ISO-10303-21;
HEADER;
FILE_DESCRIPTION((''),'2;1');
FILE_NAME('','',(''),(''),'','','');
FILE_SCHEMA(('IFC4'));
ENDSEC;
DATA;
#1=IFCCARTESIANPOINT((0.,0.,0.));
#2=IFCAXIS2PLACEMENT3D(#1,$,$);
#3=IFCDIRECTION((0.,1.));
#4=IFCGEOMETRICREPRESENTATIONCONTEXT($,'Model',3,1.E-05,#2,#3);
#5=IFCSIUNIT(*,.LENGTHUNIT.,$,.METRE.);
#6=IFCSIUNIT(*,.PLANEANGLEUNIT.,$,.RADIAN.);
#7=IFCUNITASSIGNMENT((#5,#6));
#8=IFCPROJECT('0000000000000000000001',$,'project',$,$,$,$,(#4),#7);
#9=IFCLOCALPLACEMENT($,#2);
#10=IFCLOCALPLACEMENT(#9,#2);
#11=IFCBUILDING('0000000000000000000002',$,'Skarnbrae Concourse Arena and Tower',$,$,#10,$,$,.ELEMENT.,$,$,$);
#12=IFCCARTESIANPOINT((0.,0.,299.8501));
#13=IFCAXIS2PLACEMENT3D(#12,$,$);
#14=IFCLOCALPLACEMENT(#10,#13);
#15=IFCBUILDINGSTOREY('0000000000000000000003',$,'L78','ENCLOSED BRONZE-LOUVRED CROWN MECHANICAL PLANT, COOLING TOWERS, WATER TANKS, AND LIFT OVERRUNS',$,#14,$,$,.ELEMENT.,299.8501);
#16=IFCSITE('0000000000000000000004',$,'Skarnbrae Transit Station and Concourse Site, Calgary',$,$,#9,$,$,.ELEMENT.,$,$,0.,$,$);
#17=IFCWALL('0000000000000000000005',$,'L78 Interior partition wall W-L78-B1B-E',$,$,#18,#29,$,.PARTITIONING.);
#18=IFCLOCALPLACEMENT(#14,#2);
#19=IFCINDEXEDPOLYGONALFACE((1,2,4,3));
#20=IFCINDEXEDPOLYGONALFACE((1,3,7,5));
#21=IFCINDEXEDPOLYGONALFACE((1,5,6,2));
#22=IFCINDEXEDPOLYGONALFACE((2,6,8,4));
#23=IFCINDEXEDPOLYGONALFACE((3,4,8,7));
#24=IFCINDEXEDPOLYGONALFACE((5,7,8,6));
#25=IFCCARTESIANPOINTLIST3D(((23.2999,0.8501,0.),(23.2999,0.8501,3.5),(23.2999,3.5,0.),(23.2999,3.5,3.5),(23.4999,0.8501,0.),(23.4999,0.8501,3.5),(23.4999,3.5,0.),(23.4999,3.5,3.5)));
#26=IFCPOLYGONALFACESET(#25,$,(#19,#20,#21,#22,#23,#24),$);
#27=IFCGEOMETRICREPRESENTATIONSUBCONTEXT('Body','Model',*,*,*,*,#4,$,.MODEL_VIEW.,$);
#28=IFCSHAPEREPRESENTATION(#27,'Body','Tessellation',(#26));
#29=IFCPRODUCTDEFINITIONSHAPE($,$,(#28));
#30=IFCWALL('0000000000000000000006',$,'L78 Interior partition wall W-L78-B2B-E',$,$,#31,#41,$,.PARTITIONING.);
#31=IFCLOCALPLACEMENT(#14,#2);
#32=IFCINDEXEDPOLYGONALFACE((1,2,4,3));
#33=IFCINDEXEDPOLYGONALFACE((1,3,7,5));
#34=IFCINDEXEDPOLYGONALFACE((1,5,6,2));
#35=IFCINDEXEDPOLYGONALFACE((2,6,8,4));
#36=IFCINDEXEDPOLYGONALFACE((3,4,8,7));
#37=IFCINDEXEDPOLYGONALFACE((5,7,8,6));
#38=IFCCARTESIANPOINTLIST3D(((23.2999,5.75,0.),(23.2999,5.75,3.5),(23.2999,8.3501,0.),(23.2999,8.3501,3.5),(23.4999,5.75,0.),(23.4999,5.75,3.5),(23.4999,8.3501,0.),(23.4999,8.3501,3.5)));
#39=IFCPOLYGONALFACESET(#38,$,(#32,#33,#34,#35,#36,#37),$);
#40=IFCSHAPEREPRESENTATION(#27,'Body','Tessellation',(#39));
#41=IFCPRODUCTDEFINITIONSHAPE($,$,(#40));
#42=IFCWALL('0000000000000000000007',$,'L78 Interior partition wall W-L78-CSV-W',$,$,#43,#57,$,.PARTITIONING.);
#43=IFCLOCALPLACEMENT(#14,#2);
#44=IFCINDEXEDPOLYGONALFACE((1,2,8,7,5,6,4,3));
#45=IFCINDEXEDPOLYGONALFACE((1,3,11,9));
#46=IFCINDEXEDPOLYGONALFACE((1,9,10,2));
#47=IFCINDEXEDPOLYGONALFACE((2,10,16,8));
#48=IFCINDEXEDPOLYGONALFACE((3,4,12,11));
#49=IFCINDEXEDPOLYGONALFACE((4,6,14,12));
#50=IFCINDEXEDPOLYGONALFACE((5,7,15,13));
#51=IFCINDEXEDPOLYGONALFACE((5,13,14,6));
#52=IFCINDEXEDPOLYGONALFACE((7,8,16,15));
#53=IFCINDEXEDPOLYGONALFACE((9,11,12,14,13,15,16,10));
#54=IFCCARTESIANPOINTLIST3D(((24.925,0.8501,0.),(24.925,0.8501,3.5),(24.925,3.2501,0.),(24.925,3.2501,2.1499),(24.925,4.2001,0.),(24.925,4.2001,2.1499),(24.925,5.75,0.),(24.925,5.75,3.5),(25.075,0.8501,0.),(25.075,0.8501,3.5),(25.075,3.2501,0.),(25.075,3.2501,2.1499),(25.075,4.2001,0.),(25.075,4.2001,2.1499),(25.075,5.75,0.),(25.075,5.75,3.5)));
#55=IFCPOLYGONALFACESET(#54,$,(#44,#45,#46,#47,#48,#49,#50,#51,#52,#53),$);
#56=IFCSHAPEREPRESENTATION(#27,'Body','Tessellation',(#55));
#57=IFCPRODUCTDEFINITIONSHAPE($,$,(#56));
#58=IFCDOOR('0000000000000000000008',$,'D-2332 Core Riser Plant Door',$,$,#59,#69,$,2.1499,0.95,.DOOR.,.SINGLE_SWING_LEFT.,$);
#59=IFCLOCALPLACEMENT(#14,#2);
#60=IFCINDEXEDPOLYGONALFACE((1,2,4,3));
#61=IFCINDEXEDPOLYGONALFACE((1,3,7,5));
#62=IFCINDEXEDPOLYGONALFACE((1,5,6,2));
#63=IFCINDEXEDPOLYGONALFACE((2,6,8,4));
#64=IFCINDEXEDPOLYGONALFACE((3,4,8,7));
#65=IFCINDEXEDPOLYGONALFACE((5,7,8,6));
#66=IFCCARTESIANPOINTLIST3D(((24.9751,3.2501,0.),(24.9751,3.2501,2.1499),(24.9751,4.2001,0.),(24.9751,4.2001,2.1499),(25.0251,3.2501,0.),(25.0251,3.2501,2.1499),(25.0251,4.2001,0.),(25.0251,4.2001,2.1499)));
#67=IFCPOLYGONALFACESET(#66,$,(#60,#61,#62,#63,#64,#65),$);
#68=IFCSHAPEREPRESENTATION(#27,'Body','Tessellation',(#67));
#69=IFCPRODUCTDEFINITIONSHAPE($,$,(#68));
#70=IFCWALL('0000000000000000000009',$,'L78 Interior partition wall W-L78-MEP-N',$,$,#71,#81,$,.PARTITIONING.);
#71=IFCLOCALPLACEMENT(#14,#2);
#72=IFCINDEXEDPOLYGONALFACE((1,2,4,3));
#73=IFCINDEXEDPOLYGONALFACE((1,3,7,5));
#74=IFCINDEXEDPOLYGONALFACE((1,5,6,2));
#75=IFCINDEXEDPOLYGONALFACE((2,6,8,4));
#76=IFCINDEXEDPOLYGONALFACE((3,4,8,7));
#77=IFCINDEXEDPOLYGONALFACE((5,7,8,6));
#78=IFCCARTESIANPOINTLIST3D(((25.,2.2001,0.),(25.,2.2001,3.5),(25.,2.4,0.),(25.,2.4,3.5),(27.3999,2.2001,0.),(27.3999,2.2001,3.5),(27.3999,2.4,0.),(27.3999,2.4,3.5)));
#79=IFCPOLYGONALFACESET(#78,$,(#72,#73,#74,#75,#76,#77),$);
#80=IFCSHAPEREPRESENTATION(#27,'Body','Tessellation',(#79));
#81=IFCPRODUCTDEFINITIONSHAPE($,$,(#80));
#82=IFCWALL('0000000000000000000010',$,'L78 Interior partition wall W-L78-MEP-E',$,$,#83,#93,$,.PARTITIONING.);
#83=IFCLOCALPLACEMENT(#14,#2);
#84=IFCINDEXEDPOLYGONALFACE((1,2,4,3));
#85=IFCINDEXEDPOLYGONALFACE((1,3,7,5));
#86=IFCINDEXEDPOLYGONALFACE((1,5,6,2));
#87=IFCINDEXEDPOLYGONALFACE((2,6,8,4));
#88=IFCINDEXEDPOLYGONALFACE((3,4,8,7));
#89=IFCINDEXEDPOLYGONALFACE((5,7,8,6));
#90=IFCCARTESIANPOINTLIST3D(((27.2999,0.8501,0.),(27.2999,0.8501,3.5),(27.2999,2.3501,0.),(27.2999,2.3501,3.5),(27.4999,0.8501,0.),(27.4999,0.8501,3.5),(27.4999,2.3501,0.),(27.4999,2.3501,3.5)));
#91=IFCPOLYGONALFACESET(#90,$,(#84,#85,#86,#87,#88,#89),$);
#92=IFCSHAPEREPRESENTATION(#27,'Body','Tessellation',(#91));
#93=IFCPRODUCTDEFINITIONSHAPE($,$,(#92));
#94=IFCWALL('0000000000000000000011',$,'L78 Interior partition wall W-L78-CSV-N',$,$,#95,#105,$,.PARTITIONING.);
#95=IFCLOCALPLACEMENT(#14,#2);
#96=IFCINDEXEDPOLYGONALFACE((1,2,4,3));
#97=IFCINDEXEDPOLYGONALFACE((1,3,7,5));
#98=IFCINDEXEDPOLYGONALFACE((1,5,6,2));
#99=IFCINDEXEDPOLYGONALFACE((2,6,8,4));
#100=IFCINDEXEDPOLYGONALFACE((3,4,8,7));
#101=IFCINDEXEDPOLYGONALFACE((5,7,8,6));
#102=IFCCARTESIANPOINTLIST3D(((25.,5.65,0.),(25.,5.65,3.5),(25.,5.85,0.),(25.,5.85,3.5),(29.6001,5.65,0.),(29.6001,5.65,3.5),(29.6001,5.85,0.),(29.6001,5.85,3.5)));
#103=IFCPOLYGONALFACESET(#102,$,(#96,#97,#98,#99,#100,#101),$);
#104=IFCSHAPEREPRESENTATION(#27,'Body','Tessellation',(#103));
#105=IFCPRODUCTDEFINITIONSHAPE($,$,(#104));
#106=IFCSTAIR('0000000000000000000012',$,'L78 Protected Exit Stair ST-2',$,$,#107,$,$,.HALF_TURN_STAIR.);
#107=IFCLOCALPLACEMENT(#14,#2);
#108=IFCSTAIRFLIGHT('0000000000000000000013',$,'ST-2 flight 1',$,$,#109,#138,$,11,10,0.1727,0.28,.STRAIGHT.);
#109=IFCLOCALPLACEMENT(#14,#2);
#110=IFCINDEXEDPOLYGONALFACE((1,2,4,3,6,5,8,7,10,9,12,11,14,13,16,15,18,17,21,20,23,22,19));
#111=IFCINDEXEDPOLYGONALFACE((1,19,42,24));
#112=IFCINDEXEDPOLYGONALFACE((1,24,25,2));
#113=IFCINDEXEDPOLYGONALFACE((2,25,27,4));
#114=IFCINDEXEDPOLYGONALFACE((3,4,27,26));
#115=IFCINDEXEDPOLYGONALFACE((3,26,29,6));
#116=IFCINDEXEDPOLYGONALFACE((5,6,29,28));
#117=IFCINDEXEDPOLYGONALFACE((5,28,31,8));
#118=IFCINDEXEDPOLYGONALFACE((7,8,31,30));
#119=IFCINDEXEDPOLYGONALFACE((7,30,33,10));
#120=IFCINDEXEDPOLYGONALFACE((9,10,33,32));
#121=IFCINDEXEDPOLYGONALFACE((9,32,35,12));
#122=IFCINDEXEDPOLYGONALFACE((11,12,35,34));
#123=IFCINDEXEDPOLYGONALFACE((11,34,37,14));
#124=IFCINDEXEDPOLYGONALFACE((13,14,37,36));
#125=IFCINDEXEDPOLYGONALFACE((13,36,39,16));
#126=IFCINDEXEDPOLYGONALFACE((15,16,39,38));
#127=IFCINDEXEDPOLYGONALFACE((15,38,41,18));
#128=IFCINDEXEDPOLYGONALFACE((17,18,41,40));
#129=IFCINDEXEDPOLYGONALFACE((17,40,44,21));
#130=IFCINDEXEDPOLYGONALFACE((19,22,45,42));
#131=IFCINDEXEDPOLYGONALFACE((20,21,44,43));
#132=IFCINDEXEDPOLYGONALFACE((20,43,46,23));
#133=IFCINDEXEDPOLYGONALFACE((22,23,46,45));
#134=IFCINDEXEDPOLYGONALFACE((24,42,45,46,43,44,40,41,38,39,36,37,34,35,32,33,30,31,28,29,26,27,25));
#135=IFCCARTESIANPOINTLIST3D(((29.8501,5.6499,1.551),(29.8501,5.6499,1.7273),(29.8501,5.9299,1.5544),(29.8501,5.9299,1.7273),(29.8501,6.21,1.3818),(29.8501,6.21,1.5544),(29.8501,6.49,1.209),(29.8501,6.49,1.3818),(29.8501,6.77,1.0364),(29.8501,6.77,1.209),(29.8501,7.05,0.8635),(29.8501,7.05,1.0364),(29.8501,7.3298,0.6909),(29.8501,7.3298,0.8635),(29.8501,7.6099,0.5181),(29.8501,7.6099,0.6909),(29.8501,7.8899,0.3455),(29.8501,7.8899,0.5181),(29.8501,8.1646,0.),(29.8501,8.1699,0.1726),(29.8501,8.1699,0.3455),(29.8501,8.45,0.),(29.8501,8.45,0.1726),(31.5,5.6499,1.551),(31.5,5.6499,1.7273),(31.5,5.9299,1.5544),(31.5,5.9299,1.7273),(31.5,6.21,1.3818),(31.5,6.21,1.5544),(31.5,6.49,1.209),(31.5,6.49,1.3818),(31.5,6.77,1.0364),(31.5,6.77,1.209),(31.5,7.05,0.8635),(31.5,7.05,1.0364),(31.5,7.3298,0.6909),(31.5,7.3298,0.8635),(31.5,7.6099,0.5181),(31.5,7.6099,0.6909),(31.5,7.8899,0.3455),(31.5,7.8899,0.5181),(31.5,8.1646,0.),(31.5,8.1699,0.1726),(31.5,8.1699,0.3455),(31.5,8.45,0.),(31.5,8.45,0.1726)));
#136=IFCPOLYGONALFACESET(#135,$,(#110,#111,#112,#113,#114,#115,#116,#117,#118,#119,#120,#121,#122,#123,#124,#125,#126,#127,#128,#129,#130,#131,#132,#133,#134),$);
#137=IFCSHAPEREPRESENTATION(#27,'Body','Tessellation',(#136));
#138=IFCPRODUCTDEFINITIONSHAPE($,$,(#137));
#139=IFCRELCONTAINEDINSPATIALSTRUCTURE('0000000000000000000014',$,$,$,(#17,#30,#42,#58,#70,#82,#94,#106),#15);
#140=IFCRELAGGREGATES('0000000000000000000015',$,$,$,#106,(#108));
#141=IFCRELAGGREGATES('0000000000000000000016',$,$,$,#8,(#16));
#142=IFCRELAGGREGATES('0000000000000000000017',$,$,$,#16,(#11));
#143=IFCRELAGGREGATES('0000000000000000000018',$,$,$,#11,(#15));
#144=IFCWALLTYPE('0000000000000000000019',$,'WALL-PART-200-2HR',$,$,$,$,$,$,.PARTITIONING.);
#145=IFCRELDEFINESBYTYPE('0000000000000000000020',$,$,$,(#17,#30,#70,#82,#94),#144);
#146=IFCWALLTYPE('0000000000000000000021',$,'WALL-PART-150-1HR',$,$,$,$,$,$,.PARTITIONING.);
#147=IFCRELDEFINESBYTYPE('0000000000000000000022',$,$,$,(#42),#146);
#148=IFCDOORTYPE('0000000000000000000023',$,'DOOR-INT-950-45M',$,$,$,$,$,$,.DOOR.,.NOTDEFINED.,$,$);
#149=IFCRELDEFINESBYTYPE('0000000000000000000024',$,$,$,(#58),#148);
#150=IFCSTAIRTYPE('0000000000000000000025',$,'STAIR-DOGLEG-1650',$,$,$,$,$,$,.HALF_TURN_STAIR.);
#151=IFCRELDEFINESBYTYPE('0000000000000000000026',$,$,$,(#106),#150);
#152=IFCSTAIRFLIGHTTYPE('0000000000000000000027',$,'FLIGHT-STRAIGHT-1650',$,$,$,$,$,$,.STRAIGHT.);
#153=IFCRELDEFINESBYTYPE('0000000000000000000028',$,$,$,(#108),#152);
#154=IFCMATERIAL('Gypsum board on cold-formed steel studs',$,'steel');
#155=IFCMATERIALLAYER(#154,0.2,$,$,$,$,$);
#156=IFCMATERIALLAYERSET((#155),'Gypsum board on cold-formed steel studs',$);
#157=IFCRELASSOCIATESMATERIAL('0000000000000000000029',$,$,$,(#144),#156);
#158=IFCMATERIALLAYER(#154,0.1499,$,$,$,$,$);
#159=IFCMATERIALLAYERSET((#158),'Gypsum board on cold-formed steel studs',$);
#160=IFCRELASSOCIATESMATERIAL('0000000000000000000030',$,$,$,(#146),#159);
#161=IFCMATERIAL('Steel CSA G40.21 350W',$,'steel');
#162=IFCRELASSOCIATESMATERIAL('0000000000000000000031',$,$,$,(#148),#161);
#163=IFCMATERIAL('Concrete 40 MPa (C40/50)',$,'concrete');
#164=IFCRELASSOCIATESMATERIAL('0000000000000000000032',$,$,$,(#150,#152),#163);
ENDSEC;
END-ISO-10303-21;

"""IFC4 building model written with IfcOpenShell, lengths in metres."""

from ifc_helpers import new_model, si_unit, direction, frame, frame_2d, origin, place, context, subcontext, project, spatial, polyline, rectangle, outline, extrude, source, transform, mapped, material, layer, layer_set, type_object, element, fill, aggregate, save


model = new_model("IFC4")

# Units and contexts
model_context = context("Model", 3, precision=1e-05, world=origin(), true_north=direction((0.0, 1.0)))
body_context = subcontext(model_context, "Body", "Model", "MODEL_VIEW")
ifc_project = project(units=[si_unit("LENGTHUNIT", "METRE"), si_unit("PLANEANGLEUNIT", "RADIAN")], contexts=[model_context])

# Site, building, storey
site_placement = place(None, origin())
site = spatial("IfcSite", under=ifc_project, at=site_placement, Name="Skarnbrae Transit Station and Concourse Site, Calgary", CompositionType="ELEMENT", RefElevation=0.0)
building_placement = place(site_placement, origin())
building = spatial("IfcBuilding", under=site, at=building_placement, Name="Skarnbrae Concourse Arena and Tower", CompositionType="ELEMENT")
storey_placement = place(building_placement, frame((0.0, 0.0, 299.8501)))
storey = spatial("IfcBuildingStorey", under=building, at=storey_placement, Name="L78", Description="ENCLOSED BRONZE-LOUVRED CROWN MECHANICAL PLANT, COOLING TOWERS, WATER TANKS, AND LIFT OVERRUNS", CompositionType="ELEMENT", Elevation=299.8501)

# Shared definitions
ifc_material_1 = material(Name="Steel CSA G40.21 350W", Category="steel")

# Walls
ifc_material_2 = material(Name="Gypsum board on cold-formed steel studs", Category="steel")
ifc_layer_1 = layer(ifc_material_2, 0.2)
ifc_layer_set_1 = layer_set([ifc_layer_1], Name="Gypsum board on cold-formed steel studs")
wall_type_1 = type_object("IfcWallType", Name="WALL-PART-200-2HR", PredefinedType="PARTITIONING", material=ifc_layer_set_1)
shared_shape_1 = source(origin(), body_context, "Body", "SweptSolid", [
    extrude(rectangle(XDim=2.6499, YDim=0.2, at=frame_2d((1.325, 0.0))), origin(), (0.0, 0.0, 1.0), 3.5),
])
wall_1_placement = place(storey_placement, frame((23.3999, 0.8501, 0.0), z_axis=(0.0, 0.0, 1.0), x_axis=(0.0, 1.0, 0.0)))
element("IfcWall", 1, at=wall_1_placement, inside=storey, type_object=wall_type_1, Name="L78 Interior partition wall W-L78-B1B-E", PredefinedType="PARTITIONING", context=body_context, shape_type="MappedRepresentation", body=[
    mapped(shared_shape_1, transform((0.0, 0.0, 0.0))),
])
shared_shape_2 = source(origin(), body_context, "Body", "SweptSolid", [
    extrude(rectangle(XDim=2.6001, YDim=0.2, at=frame_2d((1.3, 0.0))), origin(), (0.0, 0.0, 1.0), 3.5),
])
wall_2_placement = place(storey_placement, frame((23.3999, 5.75, 0.0), z_axis=(0.0, 0.0, 1.0), x_axis=(0.0, 1.0, 0.0)))
element("IfcWall", 2, at=wall_2_placement, inside=storey, type_object=wall_type_1, Name="L78 Interior partition wall W-L78-B2B-E", PredefinedType="PARTITIONING", context=body_context, shape_type="MappedRepresentation", body=[
    mapped(shared_shape_2, transform((0.0, 0.0, 0.0))),
])

# Wall, opening, door
ifc_layer_2 = layer(ifc_material_2, 0.1499)
ifc_layer_set_2 = layer_set([ifc_layer_2], Name="Gypsum board on cold-formed steel studs")
wall_type_2 = type_object("IfcWallType", Name="WALL-PART-150-1HR", PredefinedType="PARTITIONING", material=ifc_layer_set_2)
shared_shape_3 = source(origin(), body_context, "Body", "SweptSolid", [
    extrude(rectangle(XDim=4.8999, YDim=0.1499, at=frame_2d((2.45, 0.0))), origin(), (0.0, 0.0, 1.0), 3.5),
])
wall_3_placement = place(storey_placement, frame((25.0, 0.8501, 0.0), z_axis=(0.0, 0.0, 1.0), x_axis=(0.0, 1.0, 0.0)))
wall_3 = element("IfcWall", 3, at=wall_3_placement, inside=storey, type_object=wall_type_2, Name="L78 Interior partition wall W-L78-CSV-W", PredefinedType="PARTITIONING", context=body_context, shape_type="MappedRepresentation", body=[
    mapped(shared_shape_3, transform((0.0, 0.0, 0.0))),
])
opening_1_placement = place(wall_3_placement, frame((2.3999, 0.0, 0.0)))
opening_1 = element("IfcOpeningElement", 4, at=opening_1_placement, cuts=wall_3, PredefinedType="OPENING", context=body_context, shape_type="SweptSolid", body=[
    extrude(rectangle(XDim=0.95, YDim=2.1499, at=frame_2d((0.4751, 1.075))), frame((0.0, 0.085, 0.0), z_axis=(0.0, -1.0, 0.0), x_axis=(1.0, 0.0, 0.0)), (0.0, 0.0, 1.0), 0.1699),
])
door_type_1 = type_object("IfcDoorType", Name="DOOR-INT-950-45M", OperationType="NOTDEFINED", PredefinedType="DOOR", material=ifc_material_1)
shared_shape_4 = source(origin(), body_context, "Body", "SweptSolid", [
    extrude(rectangle(XDim=0.95, YDim=2.1499, at=frame_2d((0.4751, 1.075))), frame((0.0, 0.0249, 0.0), z_axis=(0.0, -1.0, 0.0), x_axis=(1.0, 0.0, 0.0)), (0.0, 0.0, 1.0), 0.05),
])
door_1_placement = place(opening_1_placement, origin())
door_1 = element("IfcDoor", 5, at=door_1_placement, inside=storey, type_object=door_type_1, Name="D-2332 Core Riser Plant Door", OperationType="SINGLE_SWING_LEFT", OverallHeight=2.1499, OverallWidth=0.95, PredefinedType="DOOR", context=body_context, shape_type="MappedRepresentation", body=[
    mapped(shared_shape_4, transform((0.0, 0.0, 0.0))),
])
fill(opening_1, door_1)

# Walls
shared_shape_5 = source(origin(), body_context, "Body", "SweptSolid", [
    extrude(rectangle(XDim=2.3999, YDim=0.2, at=frame_2d((1.2, 0.0))), origin(), (0.0, 0.0, 1.0), 3.5),
])
wall_4_placement = place(storey_placement, frame((25.0, 2.3, 0.0), z_axis=(0.0, 0.0, 1.0), x_axis=(1.0, 0.0, 0.0)))
element("IfcWall", 6, at=wall_4_placement, inside=storey, type_object=wall_type_1, Name="L78 Interior partition wall W-L78-MEP-N", PredefinedType="PARTITIONING", context=body_context, shape_type="MappedRepresentation", body=[
    mapped(shared_shape_5, transform((0.0, 0.0, 0.0))),
])
shared_shape_6 = source(origin(), body_context, "Body", "SweptSolid", [
    extrude(rectangle(XDim=1.5, YDim=0.2, at=frame_2d((0.75, 0.0))), origin(), (0.0, 0.0, 1.0), 3.5),
])
wall_5_placement = place(storey_placement, frame((27.3999, 0.8501, 0.0), z_axis=(0.0, 0.0, 1.0), x_axis=(0.0, 1.0, 0.0)))
element("IfcWall", 7, at=wall_5_placement, inside=storey, type_object=wall_type_1, Name="L78 Interior partition wall W-L78-MEP-E", PredefinedType="PARTITIONING", context=body_context, shape_type="MappedRepresentation", body=[
    mapped(shared_shape_6, transform((0.0, 0.0, 0.0))),
])
shared_shape_7 = source(origin(), body_context, "Body", "SweptSolid", [
    extrude(rectangle(XDim=4.6001, YDim=0.2, at=frame_2d((2.3, 0.0))), origin(), (0.0, 0.0, 1.0), 3.5),
])
wall_6_placement = place(storey_placement, frame((25.0, 5.75, 0.0), z_axis=(0.0, 0.0, 1.0), x_axis=(1.0, 0.0, 0.0)))
element("IfcWall", 8, at=wall_6_placement, inside=storey, type_object=wall_type_1, Name="L78 Interior partition wall W-L78-CSV-N", PredefinedType="PARTITIONING", context=body_context, shape_type="MappedRepresentation", body=[
    mapped(shared_shape_7, transform((0.0, 0.0, 0.0))),
])

# Stair, stair flight
ifc_material_3 = material(Name="Concrete 40 MPa (C40/50)", Category="concrete")
stair_type = type_object("IfcStairType", Name="STAIR-DOGLEG-1650", PredefinedType="HALF_TURN_STAIR", material=ifc_material_3)
stair_placement = place(storey_placement, origin())
stair = element("IfcStair", 9, at=stair_placement, inside=storey, type_object=stair_type, Name="L78 Protected Exit Stair ST-2", PredefinedType="HALF_TURN_STAIR")
stair_flight_type = type_object("IfcStairFlightType", Name="FLIGHT-STRAIGHT-1650", PredefinedType="STRAIGHT", material=ifc_material_3)
shared_shape_8 = source(origin(), body_context, "Body", "SweptSolid", [
    extrude(outline(polyline([(0.0, 0.0), (0.0, 0.1726), (0.28, 0.1726), (0.28, 0.3455), (0.5601, 0.3455), (0.5601, 0.5181), (0.8401, 0.5181), (0.8401, 0.6909), (1.1201, 0.6909), (1.1201, 0.8635), (1.3999, 0.8635), (1.3999, 1.0364), (1.6799, 1.0364), (1.6799, 1.209), (1.96, 1.209), (1.96, 1.3818), (2.24, 1.3818), (2.24, 1.5544), (2.52, 1.5544), (2.52, 1.7273), (2.8, 1.7273), (2.8, 1.8999), (2.8, 1.551), (0.2854, 0.0), (0.0, 0.0)])), frame((0.0, 0.825, 0.0), z_axis=(0.0, -1.0, 0.0), x_axis=(1.0, 0.0, 0.0)), (0.0, 0.0, 1.0), 1.6499),
])
stair_flight_placement = place(storey_placement, frame((30.675, 8.45, 0.0), z_axis=(0.0, 0.0, 1.0), x_axis=(0.0, -1.0, 0.0)))
stair_flight = element("IfcStairFlight", 10, at=stair_flight_placement, type_object=stair_flight_type, Name="ST-2 flight 1", NumberOfRisers=11, NumberOfTreads=10, PredefinedType="STRAIGHT", RiserHeight=0.1727, TreadLength=0.28, context=body_context, shape_type="MappedRepresentation", body=[
    mapped(shared_shape_8, transform((0.0, 0.0, 0.0))),
])
aggregate(stair, [stair_flight])

save(model, "model.ifc")
